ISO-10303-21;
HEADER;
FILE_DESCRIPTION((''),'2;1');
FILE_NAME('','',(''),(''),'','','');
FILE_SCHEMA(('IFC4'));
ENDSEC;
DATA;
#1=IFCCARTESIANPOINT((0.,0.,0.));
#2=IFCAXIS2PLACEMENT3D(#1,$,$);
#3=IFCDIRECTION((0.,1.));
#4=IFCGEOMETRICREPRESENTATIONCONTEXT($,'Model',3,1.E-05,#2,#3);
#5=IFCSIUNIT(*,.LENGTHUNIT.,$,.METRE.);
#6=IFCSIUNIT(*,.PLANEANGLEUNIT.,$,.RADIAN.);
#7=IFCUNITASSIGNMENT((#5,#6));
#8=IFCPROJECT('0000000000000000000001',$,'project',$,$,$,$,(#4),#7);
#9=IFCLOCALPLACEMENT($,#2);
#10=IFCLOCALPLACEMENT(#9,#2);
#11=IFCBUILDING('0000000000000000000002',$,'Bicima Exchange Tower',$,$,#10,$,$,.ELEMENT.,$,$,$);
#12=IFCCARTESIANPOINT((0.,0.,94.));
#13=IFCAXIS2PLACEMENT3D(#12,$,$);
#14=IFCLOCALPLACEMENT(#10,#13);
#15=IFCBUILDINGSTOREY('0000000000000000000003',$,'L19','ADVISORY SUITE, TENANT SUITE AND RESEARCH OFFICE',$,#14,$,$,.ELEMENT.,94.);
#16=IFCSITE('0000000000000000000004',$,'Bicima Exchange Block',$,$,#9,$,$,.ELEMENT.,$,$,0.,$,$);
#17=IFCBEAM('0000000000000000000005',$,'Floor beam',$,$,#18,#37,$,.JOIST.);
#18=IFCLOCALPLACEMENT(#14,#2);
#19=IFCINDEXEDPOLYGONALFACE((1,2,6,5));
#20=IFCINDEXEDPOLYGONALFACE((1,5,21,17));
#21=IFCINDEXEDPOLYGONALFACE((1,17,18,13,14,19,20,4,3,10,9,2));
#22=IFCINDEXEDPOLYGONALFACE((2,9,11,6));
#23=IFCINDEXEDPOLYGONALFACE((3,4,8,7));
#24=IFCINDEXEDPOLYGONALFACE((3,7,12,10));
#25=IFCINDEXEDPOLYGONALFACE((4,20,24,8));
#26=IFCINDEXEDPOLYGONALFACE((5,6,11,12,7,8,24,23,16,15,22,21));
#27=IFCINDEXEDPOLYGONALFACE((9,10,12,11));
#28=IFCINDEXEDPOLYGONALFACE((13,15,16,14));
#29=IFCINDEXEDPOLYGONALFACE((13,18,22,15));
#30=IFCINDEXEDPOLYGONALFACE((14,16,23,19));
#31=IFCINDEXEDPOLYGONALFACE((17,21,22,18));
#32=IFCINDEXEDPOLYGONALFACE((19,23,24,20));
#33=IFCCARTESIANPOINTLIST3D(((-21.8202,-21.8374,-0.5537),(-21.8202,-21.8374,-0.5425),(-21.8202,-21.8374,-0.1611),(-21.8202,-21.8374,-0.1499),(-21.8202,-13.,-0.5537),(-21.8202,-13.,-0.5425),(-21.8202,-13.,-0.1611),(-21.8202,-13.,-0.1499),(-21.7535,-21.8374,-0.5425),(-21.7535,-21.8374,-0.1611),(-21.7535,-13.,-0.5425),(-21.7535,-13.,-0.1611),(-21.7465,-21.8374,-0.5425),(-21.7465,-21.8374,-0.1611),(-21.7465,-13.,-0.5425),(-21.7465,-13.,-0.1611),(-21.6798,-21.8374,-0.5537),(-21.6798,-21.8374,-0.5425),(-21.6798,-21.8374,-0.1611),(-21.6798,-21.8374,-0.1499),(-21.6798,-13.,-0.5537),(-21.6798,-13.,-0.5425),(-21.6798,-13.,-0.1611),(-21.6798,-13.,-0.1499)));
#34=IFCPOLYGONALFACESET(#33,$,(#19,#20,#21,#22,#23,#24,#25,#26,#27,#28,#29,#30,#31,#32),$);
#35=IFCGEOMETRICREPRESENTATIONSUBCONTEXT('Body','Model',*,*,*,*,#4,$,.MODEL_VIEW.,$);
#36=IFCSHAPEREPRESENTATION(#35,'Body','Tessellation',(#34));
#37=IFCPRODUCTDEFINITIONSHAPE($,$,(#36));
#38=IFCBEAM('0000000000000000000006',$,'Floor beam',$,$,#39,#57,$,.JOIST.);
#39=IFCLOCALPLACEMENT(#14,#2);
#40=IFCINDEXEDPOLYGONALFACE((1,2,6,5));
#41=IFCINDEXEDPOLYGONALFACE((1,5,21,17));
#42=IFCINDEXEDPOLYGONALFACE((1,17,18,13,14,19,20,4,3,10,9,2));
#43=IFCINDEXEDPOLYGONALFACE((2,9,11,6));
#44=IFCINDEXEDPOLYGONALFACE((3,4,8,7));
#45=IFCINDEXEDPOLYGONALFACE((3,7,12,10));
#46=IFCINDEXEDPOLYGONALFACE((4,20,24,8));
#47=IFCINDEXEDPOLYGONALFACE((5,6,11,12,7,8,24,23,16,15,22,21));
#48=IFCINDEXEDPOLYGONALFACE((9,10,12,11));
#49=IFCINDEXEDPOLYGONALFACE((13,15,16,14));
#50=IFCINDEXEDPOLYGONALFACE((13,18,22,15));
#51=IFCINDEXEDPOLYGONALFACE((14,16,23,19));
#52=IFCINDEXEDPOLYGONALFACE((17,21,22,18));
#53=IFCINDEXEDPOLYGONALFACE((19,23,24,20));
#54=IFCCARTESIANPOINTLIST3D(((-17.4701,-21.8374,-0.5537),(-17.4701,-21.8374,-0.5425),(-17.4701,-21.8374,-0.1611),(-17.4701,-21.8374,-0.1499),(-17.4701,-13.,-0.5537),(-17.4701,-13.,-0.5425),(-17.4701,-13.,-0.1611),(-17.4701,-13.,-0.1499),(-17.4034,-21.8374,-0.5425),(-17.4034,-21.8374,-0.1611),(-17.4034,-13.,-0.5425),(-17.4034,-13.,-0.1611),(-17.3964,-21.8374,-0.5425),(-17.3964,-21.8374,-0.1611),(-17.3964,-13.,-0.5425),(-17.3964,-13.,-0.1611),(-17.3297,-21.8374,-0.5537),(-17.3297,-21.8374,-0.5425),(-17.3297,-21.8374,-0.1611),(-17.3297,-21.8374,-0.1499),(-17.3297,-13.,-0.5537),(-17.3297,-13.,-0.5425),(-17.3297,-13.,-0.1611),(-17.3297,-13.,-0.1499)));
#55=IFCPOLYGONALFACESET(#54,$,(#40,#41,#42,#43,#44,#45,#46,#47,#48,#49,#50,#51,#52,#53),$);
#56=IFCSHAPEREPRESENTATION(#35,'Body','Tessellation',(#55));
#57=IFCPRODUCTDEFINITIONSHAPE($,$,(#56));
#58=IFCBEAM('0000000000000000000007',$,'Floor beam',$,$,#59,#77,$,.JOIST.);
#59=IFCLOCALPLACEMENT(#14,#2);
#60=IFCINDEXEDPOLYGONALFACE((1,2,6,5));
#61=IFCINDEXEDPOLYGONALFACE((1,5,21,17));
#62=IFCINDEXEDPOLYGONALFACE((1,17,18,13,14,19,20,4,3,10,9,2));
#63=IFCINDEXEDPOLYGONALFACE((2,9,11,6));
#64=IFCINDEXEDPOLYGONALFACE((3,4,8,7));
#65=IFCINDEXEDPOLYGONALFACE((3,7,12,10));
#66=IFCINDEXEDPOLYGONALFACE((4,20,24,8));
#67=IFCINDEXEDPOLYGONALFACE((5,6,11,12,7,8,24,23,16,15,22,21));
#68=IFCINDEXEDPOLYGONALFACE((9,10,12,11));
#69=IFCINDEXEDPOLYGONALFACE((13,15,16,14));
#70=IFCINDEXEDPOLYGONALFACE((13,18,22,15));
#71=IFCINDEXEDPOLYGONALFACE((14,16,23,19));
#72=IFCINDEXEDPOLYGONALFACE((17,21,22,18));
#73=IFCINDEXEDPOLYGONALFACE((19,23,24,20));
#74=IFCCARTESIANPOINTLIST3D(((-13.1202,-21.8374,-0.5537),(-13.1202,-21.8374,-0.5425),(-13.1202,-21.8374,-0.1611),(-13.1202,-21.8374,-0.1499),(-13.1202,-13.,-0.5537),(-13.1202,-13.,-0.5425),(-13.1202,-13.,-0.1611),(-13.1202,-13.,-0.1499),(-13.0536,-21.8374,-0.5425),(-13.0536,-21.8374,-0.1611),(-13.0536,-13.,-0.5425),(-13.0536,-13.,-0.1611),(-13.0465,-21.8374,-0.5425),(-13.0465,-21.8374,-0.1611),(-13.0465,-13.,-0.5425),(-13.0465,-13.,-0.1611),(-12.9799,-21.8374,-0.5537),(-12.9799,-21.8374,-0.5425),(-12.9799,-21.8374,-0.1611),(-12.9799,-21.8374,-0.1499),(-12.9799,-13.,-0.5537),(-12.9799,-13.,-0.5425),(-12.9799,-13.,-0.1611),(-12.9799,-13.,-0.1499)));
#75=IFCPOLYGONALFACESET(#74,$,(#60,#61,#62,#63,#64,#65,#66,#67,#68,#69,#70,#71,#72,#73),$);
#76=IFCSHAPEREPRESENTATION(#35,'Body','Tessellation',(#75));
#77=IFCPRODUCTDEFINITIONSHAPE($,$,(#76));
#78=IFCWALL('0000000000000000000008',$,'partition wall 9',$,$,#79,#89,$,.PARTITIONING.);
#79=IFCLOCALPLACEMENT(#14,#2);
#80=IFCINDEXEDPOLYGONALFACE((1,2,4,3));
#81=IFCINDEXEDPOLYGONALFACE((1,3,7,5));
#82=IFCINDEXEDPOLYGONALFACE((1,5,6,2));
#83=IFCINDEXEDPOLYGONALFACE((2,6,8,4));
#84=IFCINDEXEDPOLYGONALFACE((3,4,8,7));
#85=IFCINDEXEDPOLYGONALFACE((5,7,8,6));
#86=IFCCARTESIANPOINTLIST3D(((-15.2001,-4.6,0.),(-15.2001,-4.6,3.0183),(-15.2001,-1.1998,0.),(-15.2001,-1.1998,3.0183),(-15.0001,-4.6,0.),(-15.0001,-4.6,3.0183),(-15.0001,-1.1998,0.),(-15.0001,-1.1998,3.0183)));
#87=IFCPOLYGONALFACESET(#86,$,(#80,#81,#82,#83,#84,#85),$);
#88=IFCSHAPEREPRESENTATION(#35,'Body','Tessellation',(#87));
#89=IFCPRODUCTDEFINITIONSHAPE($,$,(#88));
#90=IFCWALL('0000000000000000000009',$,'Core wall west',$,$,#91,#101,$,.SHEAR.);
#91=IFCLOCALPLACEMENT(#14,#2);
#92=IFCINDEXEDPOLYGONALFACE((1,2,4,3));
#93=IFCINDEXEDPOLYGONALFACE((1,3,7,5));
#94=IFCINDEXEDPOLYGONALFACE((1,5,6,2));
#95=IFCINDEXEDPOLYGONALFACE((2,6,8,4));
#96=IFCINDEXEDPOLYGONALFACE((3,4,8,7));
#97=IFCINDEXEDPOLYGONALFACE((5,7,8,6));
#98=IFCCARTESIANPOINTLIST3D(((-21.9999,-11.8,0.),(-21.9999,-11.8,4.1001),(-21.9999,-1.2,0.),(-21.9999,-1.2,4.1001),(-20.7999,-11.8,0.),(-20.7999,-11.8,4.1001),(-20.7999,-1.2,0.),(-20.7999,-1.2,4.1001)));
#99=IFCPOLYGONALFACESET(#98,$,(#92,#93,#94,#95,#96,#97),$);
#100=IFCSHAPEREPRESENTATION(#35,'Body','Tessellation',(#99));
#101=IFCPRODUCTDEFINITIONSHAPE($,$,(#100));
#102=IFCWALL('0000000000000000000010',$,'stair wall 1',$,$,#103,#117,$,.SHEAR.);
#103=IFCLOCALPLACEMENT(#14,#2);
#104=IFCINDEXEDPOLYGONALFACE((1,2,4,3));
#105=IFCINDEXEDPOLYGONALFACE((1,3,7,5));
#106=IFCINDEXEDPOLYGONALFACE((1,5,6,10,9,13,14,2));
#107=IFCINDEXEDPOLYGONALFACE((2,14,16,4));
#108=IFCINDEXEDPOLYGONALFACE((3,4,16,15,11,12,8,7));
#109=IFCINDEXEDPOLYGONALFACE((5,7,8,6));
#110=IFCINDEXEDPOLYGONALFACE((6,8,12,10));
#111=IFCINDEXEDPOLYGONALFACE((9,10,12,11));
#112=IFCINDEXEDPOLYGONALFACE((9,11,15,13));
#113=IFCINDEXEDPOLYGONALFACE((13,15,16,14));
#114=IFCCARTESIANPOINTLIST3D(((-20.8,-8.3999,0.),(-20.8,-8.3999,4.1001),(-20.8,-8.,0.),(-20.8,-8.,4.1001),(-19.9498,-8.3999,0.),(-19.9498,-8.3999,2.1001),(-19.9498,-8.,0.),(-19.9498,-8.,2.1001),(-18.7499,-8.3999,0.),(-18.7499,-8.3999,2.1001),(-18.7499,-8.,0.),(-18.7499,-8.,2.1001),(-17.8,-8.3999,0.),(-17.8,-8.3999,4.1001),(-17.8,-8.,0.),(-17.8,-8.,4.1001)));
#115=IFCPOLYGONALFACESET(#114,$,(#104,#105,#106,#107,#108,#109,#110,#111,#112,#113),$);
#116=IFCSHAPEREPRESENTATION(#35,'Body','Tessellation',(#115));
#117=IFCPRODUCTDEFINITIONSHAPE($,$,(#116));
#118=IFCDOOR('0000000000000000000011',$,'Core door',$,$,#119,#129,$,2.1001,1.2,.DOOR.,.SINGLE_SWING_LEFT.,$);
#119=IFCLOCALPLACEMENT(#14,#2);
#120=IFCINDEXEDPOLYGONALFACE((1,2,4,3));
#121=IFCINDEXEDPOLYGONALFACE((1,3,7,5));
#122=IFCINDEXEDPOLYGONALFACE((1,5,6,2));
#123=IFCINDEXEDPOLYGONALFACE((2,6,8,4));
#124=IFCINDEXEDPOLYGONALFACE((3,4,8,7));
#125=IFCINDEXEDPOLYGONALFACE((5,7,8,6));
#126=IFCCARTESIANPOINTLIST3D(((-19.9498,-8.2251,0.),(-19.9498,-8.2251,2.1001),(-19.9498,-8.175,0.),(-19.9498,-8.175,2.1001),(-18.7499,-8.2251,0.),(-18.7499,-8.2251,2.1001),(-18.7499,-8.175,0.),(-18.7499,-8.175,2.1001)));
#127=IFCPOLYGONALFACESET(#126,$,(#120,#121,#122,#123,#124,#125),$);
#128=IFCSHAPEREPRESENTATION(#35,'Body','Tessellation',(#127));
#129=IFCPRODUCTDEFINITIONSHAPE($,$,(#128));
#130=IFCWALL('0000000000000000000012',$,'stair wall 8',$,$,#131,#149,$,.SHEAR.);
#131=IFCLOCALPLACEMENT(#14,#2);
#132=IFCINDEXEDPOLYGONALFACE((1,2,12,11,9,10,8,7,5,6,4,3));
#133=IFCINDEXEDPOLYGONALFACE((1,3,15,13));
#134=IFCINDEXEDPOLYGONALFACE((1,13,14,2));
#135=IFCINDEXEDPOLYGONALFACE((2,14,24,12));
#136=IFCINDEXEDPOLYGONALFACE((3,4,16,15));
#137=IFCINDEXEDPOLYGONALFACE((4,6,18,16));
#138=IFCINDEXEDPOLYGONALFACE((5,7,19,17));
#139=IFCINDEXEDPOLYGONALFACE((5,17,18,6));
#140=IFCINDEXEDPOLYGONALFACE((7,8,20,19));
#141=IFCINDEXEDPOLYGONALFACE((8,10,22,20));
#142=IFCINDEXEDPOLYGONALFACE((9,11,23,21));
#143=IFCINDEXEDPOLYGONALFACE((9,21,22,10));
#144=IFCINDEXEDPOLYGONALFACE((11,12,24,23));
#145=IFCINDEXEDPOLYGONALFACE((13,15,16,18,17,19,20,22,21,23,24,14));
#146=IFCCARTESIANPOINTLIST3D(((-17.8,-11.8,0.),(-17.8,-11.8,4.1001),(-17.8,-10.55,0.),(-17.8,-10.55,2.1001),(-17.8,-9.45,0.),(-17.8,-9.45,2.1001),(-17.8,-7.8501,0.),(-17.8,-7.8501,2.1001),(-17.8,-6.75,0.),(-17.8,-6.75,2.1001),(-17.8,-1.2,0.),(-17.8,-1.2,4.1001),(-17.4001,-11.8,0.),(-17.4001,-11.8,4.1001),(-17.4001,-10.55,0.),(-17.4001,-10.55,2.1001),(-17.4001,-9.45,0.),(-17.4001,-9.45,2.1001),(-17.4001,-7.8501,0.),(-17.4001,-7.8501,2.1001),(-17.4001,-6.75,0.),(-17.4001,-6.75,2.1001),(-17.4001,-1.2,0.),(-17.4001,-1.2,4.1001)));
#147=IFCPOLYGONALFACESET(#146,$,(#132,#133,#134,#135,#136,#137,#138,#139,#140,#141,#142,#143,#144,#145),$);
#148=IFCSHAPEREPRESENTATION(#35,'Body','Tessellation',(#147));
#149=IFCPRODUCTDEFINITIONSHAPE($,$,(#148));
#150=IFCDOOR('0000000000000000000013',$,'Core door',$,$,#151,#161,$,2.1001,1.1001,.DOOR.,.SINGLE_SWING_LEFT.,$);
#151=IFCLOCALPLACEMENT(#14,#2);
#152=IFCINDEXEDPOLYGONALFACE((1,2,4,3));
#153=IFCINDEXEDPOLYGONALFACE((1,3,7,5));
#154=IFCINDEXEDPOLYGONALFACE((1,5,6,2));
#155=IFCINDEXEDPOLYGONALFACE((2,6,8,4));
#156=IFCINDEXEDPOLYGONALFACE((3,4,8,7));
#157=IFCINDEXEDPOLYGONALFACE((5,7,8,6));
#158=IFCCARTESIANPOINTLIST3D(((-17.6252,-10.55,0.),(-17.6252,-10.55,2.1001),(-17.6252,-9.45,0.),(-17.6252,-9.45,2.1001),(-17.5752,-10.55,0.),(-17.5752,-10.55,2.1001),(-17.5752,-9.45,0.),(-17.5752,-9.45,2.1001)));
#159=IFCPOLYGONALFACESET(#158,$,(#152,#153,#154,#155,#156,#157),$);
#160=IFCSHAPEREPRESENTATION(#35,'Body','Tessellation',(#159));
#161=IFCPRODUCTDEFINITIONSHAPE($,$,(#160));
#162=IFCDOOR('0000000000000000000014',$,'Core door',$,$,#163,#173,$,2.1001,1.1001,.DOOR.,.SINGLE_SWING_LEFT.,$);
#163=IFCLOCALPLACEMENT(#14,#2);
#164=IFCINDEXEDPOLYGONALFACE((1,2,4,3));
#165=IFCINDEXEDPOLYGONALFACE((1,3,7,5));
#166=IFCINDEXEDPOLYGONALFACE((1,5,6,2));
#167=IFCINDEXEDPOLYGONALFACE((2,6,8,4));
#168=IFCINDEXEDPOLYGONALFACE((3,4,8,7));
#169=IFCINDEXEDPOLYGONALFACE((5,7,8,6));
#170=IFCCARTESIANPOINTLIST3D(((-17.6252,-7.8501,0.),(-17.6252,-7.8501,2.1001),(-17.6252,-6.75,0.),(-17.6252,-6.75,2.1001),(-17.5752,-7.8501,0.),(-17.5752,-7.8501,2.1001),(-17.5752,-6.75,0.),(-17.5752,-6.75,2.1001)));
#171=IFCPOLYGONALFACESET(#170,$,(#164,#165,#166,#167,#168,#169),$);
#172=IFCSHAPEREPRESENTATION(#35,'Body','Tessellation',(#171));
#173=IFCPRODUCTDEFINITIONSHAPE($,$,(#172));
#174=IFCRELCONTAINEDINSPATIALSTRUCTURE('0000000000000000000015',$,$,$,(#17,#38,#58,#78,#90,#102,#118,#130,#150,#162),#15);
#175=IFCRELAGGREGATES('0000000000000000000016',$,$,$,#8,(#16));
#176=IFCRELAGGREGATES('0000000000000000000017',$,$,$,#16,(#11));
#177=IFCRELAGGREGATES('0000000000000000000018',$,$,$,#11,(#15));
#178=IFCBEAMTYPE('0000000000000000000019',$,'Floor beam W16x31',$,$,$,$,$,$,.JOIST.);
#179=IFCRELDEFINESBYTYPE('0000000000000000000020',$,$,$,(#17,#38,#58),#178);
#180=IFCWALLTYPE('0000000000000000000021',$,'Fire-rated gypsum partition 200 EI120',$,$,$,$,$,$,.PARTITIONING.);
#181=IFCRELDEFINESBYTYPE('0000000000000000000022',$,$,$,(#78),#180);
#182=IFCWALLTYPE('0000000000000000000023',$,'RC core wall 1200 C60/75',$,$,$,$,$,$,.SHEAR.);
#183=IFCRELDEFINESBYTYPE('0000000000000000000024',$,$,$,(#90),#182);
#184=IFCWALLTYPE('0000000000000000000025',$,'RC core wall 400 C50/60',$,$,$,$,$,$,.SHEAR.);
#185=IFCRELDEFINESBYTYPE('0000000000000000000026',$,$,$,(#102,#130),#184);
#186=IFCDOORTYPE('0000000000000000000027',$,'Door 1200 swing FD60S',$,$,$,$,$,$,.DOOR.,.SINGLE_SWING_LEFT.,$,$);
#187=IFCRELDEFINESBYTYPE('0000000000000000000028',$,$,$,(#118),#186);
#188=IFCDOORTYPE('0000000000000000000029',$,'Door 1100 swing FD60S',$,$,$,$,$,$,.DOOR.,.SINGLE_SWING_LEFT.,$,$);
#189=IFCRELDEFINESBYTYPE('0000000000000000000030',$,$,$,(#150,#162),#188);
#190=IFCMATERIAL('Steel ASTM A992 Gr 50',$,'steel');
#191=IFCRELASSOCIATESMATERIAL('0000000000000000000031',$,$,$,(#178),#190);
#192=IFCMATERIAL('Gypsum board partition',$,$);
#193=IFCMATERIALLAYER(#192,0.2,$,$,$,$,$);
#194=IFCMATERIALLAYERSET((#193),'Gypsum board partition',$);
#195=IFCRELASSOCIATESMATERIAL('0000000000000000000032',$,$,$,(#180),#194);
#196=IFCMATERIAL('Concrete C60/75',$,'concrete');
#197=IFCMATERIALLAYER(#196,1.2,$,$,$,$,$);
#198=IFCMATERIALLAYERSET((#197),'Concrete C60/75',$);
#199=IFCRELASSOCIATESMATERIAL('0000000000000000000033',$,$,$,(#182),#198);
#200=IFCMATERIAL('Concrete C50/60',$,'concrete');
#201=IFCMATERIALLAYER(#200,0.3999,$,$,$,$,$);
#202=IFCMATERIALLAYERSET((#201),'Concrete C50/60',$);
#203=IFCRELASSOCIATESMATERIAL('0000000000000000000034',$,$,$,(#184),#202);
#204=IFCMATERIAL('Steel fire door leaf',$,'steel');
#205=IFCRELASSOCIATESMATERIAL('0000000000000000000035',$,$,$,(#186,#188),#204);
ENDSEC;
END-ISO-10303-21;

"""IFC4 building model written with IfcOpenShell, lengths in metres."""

from ifc_helpers import new_model, si_unit, direction, frame, frame_2d, origin, origin_2d, place, context, subcontext, project, spatial, rectangle, i_section, extrude, material, layer, layer_set, material_profile, profile_set, type_object, element, fill, save


model = new_model("IFC4")

# Units and contexts
model_context = context("Model", 3, precision=1e-05, world=origin(), true_north=direction((0.0, 1.0)))
body_context = subcontext(model_context, "Body", "Model", "MODEL_VIEW")
ifc_project = project(units=[si_unit("LENGTHUNIT", "METRE"), si_unit("PLANEANGLEUNIT", "RADIAN")], contexts=[model_context])

# Site, building, storey
site_placement = place(None, origin())
site = spatial("IfcSite", under=ifc_project, at=site_placement, Name="Bicima Exchange Block", CompositionType="ELEMENT", RefElevation=0.0)
building_placement = place(site_placement, origin())
building = spatial("IfcBuilding", under=site, at=building_placement, Name="Bicima Exchange Tower", CompositionType="ELEMENT")
storey_placement = place(building_placement, frame((0.0, 0.0, 94.0)))
storey = spatial("IfcBuildingStorey", under=building, at=storey_placement, Name="L19", Description="ADVISORY SUITE, TENANT SUITE AND RESEARCH OFFICE", CompositionType="ELEMENT", Elevation=94.0)

# Beams
ifc_material_1 = material(Name="Steel ASTM A992 Gr 50", Category="steel")
ifc_material_profile = material_profile(ifc_material_1, i_section(OverallWidth=0.1404, OverallDepth=0.4038, WebThickness=0.0071, FlangeThickness=0.0112, at=origin_2d()))
ifc_profile_set = profile_set([ifc_material_profile], Name="Steel ASTM A992 Gr 50")
beam_type = type_object("IfcBeamType", Name="Floor beam W16x31", PredefinedType="JOIST", material=ifc_profile_set)
for number, where, z_axis, x_axis, name in (
    (1, (-21.75, -13.0, -0.3518), (0.0, -1.0, 0.0), (1.0, 0.0, 0.0), "Floor beam"),
    (2, (-17.3999, -13.0, -0.3518), (0.0, -1.0, 0.0), (1.0, 0.0, 0.0), "Floor beam"),
    (3, (-13.05, -13.0, -0.3518), (0.0, -1.0, 0.0), (1.0, 0.0, 0.0), "Floor beam"),
):
    element("IfcBeam", number, at=place(storey_placement, frame(where, z_axis=z_axis, x_axis=x_axis)), inside=storey, type_object=beam_type, Name=name, PredefinedType="JOIST", context=body_context, shape_type="SweptSolid", body=[
        extrude(i_section(OverallWidth=0.1404, OverallDepth=0.4038, WebThickness=0.0071, FlangeThickness=0.0112, at=origin_2d()), origin(), (0.0, 0.0, 1.0), 8.8374),
    ])

# Walls
ifc_material_2 = material(Name="Gypsum board partition")
ifc_layer_1 = layer(ifc_material_2, 0.2)
ifc_layer_set_1 = layer_set([ifc_layer_1], Name="Gypsum board partition")
wall_type_1 = type_object("IfcWallType", Name="Fire-rated gypsum partition 200 EI120", PredefinedType="PARTITIONING", material=ifc_layer_set_1)
wall_1_placement = place(storey_placement, frame((-15.1001, -4.6001, 0.0), z_axis=(0.0, 0.0, 1.0), x_axis=(0.0, 1.0, 0.0)))
element("IfcWall", 4, at=wall_1_placement, inside=storey, type_object=wall_type_1, Name="partition wall 9", PredefinedType="PARTITIONING", context=body_context, shape_type="SweptSolid", body=[
    extrude(rectangle(XDim=3.4001, YDim=0.2, at=frame_2d((1.7002, 0.0))), origin(), (0.0, 0.0, 1.0), 3.0183),
])
ifc_material_3 = material(Name="Concrete C60/75", Category="concrete")
ifc_layer_2 = layer(ifc_material_3, 1.2)
ifc_layer_set_2 = layer_set([ifc_layer_2], Name="Concrete C60/75")
wall_type_2 = type_object("IfcWallType", Name="RC core wall 1200 C60/75", PredefinedType="SHEAR", material=ifc_layer_set_2)
wall_2_placement = place(storey_placement, frame((-21.3999, -11.8, 0.0), z_axis=(0.0, 0.0, 1.0), x_axis=(0.0, 1.0, 0.0)))
element("IfcWall", 5, at=wall_2_placement, inside=storey, type_object=wall_type_2, Name="Core wall west", PredefinedType="SHEAR", context=body_context, shape_type="SweptSolid", body=[
    extrude(rectangle(XDim=10.6001, YDim=1.2, at=frame_2d((5.3, 0.0))), origin(), (0.0, 0.0, 1.0), 4.1001),
])

# Wall, opening, door
ifc_material_4 = material(Name="Concrete C50/60", Category="concrete")
ifc_layer_3 = layer(ifc_material_4, 0.3999)
ifc_layer_set_3 = layer_set([ifc_layer_3], Name="Concrete C50/60")
wall_type_3 = type_object("IfcWallType", Name="RC core wall 400 C50/60", PredefinedType="SHEAR", material=ifc_layer_set_3)
wall_3_placement = place(storey_placement, frame((-20.8, -8.2, 0.0), z_axis=(0.0, 0.0, 1.0), x_axis=(1.0, 0.0, 0.0)))
wall_3 = element("IfcWall", 6, at=wall_3_placement, inside=storey, type_object=wall_type_3, Name="stair wall 1", PredefinedType="SHEAR", context=body_context, shape_type="SweptSolid", body=[
    extrude(rectangle(XDim=3.0, YDim=0.3999, at=frame_2d((1.5, 0.0))), origin(), (0.0, 0.0, 1.0), 4.1001),
])
opening_1_placement = place(wall_3_placement, frame((0.8501, 0.0, 0.0)))
opening_1 = element("IfcOpeningElement", 7, at=opening_1_placement, cuts=wall_3, PredefinedType="OPENING", context=body_context, shape_type="SweptSolid", body=[
    extrude(rectangle(XDim=1.2, YDim=2.1001, at=frame_2d((0.6001, 1.05))), frame((0.0, 0.2119, 0.0), z_axis=(0.0, -1.0, 0.0), x_axis=(1.0, 0.0, 0.0)), (0.0, 0.0, 1.0), 0.4238),
])
ifc_material_5 = material(Name="Steel fire door leaf", Category="steel")
door_type_1 = type_object("IfcDoorType", Name="Door 1200 swing FD60S", OperationType="SINGLE_SWING_LEFT", PredefinedType="DOOR", material=ifc_material_5)
door_1_placement = place(opening_1_placement, origin())
door_1 = element("IfcDoor", 8, at=door_1_placement, inside=storey, type_object=door_type_1, Name="Core door", OperationType="SINGLE_SWING_LEFT", OverallHeight=2.1001, OverallWidth=1.2, PredefinedType="DOOR", context=body_context, shape_type="SweptSolid", body=[
    extrude(rectangle(XDim=1.2, YDim=2.1001, at=frame_2d((0.6001, 1.05))), frame((0.0, 0.0249, 0.0), z_axis=(0.0, -1.0, 0.0), x_axis=(1.0, 0.0, 0.0)), (0.0, 0.0, 1.0), 0.05),
])
fill(opening_1, door_1)

# Wall, openings, doors
wall_4_placement = place(storey_placement, frame((-17.6001, -11.8, 0.0), z_axis=(0.0, 0.0, 1.0), x_axis=(0.0, 1.0, 0.0)))
wall_4 = element("IfcWall", 9, at=wall_4_placement, inside=storey, type_object=wall_type_3, Name="stair wall 8", PredefinedType="SHEAR", context=body_context, shape_type="SweptSolid", body=[
    extrude(rectangle(XDim=10.6001, YDim=0.3999, at=frame_2d((5.3, 0.0))), origin(), (0.0, 0.0, 1.0), 4.1001),
])
opening_2_placement = place(wall_4_placement, frame((1.25, 0.0, 0.0)))
opening_2 = element("IfcOpeningElement", 10, at=opening_2_placement, cuts=wall_4, PredefinedType="OPENING", context=body_context, shape_type="SweptSolid", body=[
    extrude(rectangle(XDim=1.1001, YDim=2.1001, at=frame_2d((0.55, 1.05))), frame((0.0, 0.2119, 0.0), z_axis=(0.0, -1.0, 0.0), x_axis=(1.0, 0.0, 0.0)), (0.0, 0.0, 1.0), 0.4238),
])
opening_3_placement = place(wall_4_placement, frame((3.95, 0.0, 0.0)))
opening_3 = element("IfcOpeningElement", 11, at=opening_3_placement, cuts=wall_4, PredefinedType="OPENING", context=body_context, shape_type="SweptSolid", body=[
    extrude(rectangle(XDim=1.1001, YDim=2.1001, at=frame_2d((0.55, 1.05))), frame((0.0, 0.2119, 0.0), z_axis=(0.0, -1.0, 0.0), x_axis=(1.0, 0.0, 0.0)), (0.0, 0.0, 1.0), 0.4238),
])
door_type_2 = type_object("IfcDoorType", Name="Door 1100 swing FD60S", OperationType="SINGLE_SWING_LEFT", PredefinedType="DOOR", material=ifc_material_5)
door_2_placement = place(opening_2_placement, frame((1.1001, 0.0, 0.0), z_axis=(0.0, 0.0, 1.0), x_axis=(-1.0, 0.0, 0.0)))
door_2 = element("IfcDoor", 12, at=door_2_placement, inside=storey, type_object=door_type_2, Name="Core door", OperationType="SINGLE_SWING_LEFT", OverallHeight=2.1001, OverallWidth=1.1001, PredefinedType="DOOR", context=body_context, shape_type="SweptSolid", body=[
    extrude(rectangle(XDim=1.1001, YDim=2.1001, at=frame_2d((0.55, 1.05))), frame((0.0, 0.0249, 0.0), z_axis=(0.0, -1.0, 0.0), x_axis=(1.0, 0.0, 0.0)), (0.0, 0.0, 1.0), 0.05),
])
fill(opening_2, door_2)
door_3_placement = place(opening_3_placement, frame((1.1001, 0.0, 0.0), z_axis=(0.0, 0.0, 1.0), x_axis=(-1.0, 0.0, 0.0)))
door_3 = element("IfcDoor", 13, at=door_3_placement, inside=storey, type_object=door_type_2, Name="Core door", OperationType="SINGLE_SWING_LEFT", OverallHeight=2.1001, OverallWidth=1.1001, PredefinedType="DOOR", context=body_context, shape_type="SweptSolid", body=[
    extrude(rectangle(XDim=1.1001, YDim=2.1001, at=frame_2d((0.55, 1.05))), frame((0.0, 0.0249, 0.0), z_axis=(0.0, -1.0, 0.0), x_axis=(1.0, 0.0, 0.0)), (0.0, 0.0, 1.0), 0.05),
])
fill(opening_3, door_3)

save(model, "model.ifc")
